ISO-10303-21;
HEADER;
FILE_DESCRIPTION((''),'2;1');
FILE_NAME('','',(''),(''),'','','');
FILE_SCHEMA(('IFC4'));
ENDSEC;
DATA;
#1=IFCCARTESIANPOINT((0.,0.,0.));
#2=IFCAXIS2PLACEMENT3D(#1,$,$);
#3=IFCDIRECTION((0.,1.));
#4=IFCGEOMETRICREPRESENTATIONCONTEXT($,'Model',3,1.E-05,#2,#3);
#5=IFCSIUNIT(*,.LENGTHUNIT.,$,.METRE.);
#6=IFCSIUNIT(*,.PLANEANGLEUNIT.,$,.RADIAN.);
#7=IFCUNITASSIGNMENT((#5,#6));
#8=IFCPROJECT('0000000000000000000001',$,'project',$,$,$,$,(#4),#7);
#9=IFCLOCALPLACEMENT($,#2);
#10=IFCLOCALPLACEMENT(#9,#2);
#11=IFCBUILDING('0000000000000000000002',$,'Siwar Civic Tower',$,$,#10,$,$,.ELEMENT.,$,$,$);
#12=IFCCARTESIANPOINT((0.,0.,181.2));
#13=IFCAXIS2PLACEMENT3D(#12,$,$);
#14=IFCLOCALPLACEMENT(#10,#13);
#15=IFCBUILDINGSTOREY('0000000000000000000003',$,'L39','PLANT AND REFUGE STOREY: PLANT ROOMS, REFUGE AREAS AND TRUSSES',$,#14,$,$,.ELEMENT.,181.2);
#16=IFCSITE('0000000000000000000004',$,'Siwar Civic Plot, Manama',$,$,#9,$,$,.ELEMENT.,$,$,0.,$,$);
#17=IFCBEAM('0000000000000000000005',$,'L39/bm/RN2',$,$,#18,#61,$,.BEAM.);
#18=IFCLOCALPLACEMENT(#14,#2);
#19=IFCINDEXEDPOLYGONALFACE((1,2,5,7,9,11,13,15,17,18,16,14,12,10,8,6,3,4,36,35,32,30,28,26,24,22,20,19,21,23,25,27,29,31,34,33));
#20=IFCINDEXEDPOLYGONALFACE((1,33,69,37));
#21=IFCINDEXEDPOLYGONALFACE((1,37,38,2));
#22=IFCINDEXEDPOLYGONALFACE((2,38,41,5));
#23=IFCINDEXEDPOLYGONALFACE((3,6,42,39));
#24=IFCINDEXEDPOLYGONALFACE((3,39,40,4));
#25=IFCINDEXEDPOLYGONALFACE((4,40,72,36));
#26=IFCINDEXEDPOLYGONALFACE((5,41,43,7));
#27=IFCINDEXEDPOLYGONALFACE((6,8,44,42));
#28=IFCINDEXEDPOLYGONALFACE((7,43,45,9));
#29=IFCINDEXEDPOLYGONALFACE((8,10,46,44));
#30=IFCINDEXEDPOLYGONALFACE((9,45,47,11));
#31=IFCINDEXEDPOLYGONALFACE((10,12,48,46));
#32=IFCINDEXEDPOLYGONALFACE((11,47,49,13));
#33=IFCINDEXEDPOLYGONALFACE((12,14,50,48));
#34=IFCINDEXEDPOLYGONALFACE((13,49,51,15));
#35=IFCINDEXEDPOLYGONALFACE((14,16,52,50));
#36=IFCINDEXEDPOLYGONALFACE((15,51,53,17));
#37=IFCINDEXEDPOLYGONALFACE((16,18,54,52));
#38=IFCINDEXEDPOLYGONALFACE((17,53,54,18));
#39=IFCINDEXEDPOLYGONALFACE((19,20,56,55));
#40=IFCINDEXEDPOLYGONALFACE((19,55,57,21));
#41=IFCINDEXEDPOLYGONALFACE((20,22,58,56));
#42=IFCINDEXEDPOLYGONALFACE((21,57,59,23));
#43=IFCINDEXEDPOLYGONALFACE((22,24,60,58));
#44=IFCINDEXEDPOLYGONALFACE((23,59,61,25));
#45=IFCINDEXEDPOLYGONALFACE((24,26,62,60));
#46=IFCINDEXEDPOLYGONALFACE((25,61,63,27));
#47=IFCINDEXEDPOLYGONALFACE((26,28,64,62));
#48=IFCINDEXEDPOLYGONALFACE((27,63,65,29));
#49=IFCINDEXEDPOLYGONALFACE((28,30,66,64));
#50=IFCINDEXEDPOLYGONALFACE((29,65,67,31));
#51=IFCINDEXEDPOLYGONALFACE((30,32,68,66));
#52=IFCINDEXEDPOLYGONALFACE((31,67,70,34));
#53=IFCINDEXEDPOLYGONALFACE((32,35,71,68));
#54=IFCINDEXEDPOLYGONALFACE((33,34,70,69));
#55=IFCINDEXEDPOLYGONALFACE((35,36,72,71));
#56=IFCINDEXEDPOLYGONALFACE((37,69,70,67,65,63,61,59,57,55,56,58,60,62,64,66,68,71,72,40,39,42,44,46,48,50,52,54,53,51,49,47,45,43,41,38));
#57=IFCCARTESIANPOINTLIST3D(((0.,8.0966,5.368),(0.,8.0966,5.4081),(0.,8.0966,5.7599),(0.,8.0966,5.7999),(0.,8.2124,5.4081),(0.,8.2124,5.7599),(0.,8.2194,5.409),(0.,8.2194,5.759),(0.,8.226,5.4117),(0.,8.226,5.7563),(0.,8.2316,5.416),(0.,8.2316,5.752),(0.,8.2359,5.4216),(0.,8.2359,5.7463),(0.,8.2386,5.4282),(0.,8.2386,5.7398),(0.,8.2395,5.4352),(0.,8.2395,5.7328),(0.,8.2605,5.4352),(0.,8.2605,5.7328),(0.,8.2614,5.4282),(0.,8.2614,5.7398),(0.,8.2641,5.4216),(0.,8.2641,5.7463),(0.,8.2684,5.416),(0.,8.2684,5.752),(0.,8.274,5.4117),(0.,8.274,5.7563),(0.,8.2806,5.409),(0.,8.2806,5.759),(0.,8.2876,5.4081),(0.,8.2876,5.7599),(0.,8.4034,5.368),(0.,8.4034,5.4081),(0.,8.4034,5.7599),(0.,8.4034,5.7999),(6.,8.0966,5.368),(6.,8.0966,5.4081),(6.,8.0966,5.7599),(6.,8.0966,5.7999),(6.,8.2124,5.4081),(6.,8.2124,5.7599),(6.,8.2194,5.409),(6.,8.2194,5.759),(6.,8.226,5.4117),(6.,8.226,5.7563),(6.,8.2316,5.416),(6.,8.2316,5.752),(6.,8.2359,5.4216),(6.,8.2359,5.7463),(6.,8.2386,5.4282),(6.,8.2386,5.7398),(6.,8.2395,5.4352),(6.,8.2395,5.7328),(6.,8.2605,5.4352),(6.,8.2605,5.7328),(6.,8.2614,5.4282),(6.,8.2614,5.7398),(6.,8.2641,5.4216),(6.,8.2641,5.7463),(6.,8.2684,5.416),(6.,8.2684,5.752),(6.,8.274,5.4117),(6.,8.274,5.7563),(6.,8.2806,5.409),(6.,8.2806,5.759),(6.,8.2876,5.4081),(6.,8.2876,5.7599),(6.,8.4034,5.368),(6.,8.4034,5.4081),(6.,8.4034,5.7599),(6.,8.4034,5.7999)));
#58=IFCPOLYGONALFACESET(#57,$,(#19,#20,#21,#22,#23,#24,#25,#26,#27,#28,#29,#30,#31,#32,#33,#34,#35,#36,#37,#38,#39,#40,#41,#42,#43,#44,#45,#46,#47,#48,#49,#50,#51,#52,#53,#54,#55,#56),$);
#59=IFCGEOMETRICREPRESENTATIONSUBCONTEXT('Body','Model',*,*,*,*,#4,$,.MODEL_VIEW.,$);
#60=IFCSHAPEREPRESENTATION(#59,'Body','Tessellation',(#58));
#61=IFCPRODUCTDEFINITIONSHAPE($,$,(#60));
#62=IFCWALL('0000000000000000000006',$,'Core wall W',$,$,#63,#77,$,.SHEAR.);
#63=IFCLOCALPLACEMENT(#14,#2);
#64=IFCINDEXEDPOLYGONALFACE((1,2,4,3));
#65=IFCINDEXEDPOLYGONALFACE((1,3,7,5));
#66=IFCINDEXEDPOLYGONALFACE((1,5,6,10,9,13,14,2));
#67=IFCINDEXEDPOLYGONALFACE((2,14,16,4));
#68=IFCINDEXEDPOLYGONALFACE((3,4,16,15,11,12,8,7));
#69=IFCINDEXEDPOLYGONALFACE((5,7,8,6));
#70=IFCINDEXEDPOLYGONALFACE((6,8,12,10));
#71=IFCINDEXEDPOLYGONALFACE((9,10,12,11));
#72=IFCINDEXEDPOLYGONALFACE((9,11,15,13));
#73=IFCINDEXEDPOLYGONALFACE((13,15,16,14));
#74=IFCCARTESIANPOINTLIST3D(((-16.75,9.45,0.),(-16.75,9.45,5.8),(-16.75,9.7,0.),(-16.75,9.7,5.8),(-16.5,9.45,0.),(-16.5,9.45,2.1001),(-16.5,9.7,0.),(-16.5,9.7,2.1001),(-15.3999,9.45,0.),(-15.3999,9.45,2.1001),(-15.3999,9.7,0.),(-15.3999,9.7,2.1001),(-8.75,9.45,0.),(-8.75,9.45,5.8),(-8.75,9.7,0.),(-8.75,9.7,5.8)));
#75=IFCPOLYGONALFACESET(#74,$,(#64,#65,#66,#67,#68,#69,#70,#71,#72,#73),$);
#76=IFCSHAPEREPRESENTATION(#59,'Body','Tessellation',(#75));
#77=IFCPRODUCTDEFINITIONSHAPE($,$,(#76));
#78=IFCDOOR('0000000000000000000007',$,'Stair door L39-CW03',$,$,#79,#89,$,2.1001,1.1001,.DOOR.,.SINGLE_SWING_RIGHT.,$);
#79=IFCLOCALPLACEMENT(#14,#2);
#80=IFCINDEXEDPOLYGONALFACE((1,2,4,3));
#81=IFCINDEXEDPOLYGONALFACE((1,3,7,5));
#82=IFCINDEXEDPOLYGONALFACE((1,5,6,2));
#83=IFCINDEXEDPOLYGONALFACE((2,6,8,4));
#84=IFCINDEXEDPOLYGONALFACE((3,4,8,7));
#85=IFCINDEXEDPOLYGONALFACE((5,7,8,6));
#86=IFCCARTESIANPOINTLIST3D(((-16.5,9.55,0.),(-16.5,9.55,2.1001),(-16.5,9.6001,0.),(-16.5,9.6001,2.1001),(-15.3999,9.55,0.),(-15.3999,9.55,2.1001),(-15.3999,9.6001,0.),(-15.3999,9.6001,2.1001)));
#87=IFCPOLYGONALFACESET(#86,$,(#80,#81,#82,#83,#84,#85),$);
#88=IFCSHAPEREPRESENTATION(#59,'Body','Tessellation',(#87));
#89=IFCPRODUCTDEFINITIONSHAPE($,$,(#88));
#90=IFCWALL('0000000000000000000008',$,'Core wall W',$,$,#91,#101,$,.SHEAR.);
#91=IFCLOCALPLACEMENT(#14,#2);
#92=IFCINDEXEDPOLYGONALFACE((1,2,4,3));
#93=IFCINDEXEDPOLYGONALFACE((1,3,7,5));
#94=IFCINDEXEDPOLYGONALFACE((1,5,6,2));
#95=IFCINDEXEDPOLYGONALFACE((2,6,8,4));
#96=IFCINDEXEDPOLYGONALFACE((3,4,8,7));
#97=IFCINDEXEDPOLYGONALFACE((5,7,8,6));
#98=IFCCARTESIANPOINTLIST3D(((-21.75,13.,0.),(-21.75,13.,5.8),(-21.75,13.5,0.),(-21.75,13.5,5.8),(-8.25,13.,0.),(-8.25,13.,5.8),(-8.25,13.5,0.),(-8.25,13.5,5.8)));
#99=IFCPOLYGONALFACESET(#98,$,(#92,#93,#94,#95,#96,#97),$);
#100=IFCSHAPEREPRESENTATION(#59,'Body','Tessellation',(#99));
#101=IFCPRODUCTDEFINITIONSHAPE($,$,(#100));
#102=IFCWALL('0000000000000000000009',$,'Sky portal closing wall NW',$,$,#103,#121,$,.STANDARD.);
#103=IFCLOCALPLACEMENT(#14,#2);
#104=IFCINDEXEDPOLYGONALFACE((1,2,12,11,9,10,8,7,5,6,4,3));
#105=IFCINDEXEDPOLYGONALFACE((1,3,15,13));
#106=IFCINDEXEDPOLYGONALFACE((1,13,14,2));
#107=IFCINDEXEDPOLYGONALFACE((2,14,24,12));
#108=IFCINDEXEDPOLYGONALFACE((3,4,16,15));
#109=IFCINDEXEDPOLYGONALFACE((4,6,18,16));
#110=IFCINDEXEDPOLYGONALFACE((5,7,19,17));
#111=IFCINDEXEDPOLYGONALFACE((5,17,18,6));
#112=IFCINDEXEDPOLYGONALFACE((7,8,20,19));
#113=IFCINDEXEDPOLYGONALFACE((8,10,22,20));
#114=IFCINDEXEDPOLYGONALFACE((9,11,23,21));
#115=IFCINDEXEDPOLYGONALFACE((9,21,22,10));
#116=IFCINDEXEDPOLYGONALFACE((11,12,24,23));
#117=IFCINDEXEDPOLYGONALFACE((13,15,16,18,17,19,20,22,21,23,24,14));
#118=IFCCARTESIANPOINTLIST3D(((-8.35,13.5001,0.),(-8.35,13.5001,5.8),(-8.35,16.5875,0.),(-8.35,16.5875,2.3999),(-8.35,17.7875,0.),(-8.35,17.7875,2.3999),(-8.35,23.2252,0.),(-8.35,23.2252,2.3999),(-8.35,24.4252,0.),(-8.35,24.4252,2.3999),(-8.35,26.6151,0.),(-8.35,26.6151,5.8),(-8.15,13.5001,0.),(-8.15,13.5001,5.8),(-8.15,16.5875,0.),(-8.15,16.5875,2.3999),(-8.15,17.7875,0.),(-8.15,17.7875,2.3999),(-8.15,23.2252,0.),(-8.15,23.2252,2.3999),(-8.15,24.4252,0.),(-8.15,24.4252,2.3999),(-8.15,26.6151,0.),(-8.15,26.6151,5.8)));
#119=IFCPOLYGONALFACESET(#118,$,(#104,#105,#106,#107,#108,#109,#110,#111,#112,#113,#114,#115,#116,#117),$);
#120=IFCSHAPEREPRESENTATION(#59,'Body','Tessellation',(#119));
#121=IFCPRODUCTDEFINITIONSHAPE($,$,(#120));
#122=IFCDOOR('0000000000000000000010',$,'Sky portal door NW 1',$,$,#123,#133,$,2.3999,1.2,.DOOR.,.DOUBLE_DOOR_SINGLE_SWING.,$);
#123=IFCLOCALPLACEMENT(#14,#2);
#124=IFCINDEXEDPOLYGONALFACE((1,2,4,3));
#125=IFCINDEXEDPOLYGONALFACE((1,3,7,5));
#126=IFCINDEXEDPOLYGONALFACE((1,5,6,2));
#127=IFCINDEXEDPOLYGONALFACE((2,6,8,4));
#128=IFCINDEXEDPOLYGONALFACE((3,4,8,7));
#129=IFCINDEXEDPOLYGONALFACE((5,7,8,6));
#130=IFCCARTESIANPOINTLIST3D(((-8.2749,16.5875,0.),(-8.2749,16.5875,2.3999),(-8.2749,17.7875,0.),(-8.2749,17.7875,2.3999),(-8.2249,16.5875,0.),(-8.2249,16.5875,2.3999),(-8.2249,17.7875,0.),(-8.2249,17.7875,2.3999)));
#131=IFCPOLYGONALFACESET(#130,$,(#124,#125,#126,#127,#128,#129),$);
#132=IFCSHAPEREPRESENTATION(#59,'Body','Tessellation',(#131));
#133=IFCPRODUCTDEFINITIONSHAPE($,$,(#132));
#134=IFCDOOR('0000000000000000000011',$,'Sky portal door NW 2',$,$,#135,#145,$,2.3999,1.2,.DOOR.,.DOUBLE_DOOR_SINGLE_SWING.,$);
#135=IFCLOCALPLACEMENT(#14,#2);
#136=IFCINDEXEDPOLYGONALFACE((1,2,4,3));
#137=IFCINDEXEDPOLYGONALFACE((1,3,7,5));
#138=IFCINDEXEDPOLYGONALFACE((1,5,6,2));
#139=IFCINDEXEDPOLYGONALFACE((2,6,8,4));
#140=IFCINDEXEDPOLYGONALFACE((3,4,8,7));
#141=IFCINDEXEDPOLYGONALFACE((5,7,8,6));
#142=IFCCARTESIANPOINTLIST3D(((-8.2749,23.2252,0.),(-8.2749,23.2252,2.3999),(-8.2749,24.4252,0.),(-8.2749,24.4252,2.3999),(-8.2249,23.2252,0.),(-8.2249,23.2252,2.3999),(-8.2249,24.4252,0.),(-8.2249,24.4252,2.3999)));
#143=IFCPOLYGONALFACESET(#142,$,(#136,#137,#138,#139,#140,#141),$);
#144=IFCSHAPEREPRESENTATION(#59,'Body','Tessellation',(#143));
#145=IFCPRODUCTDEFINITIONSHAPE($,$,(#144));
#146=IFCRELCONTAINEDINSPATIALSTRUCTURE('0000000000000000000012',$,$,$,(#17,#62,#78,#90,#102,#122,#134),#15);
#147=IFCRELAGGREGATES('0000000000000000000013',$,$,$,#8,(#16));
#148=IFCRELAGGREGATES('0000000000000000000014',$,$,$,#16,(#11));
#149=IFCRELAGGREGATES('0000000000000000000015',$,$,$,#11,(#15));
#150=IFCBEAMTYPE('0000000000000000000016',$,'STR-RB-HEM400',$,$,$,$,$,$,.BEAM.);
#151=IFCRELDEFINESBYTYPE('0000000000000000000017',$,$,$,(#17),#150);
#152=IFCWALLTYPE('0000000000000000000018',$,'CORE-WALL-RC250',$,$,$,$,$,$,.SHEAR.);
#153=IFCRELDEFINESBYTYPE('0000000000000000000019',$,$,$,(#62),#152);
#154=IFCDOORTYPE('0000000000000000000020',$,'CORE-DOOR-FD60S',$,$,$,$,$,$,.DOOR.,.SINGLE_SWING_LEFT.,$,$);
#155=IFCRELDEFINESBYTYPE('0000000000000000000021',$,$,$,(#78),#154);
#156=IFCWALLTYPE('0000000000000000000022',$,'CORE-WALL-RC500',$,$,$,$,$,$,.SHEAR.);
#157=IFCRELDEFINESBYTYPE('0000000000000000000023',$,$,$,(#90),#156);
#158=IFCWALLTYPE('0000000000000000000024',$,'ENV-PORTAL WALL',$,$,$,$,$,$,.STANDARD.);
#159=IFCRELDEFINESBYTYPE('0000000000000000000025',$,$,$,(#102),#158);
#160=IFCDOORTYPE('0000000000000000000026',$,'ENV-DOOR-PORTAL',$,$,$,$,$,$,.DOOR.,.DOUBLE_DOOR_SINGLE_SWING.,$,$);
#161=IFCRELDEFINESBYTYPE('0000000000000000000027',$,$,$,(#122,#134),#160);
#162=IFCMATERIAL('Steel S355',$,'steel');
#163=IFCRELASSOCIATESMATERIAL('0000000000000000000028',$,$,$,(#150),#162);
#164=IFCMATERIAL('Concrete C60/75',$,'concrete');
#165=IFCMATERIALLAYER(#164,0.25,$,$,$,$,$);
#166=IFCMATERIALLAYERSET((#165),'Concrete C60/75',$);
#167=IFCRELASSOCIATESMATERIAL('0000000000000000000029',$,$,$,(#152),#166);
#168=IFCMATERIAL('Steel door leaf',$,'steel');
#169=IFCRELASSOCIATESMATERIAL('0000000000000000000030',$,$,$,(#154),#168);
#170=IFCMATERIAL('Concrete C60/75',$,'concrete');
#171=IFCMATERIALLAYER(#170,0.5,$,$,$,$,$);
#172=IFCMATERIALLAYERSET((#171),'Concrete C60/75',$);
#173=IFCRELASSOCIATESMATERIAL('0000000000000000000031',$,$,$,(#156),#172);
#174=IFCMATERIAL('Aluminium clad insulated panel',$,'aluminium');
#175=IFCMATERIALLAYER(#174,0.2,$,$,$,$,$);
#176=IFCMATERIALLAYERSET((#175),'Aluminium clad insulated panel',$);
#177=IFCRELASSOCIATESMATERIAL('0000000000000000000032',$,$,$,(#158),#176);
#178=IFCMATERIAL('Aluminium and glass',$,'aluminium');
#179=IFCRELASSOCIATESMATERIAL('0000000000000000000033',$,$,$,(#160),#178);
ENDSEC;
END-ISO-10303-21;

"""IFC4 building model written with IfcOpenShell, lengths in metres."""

from ifc_helpers import new_model, si_unit, direction, frame, frame_2d, origin, origin_2d, place, context, subcontext, project, spatial, rectangle, i_section, extrude, material, layer, layer_set, material_profile, profile_set, type_object, element, fill, save


model = new_model("IFC4")

# Units and contexts
model_context = context("Model", 3, precision=1e-05, world=origin(), true_north=direction((0.0, 1.0)))
body_context = subcontext(model_context, "Body", "Model", "MODEL_VIEW")
ifc_project = project(units=[si_unit("LENGTHUNIT", "METRE"), si_unit("PLANEANGLEUNIT", "RADIAN")], contexts=[model_context])

# Site, building, storey
site_placement = place(None, origin())
site = spatial("IfcSite", under=ifc_project, at=site_placement, Name="Siwar Civic Plot, Manama", CompositionType="ELEMENT", RefElevation=0.0)
building_placement = place(site_placement, origin())
building = spatial("IfcBuilding", under=site, at=building_placement, Name="Siwar Civic Tower", CompositionType="ELEMENT")
storey_placement = place(building_placement, frame((0.0, 0.0, 181.2)))
storey = spatial("IfcBuildingStorey", under=building, at=storey_placement, Name="L39", Description="PLANT AND REFUGE STOREY: PLANT ROOMS, REFUGE AREAS AND TRUSSES", CompositionType="ELEMENT", Elevation=181.2)

# Beam
ifc_material_1 = material(Name="Steel S355", Category="steel")
ifc_material_profile_1 = material_profile(ifc_material_1, i_section(OverallWidth=0.3069, OverallDepth=0.4319, WebThickness=0.021, FlangeThickness=0.04, FilletRadius=0.0271, at=origin_2d()), Name="HEM400")
ifc_profile_set_1 = profile_set([ifc_material_profile_1], Name="Steel S355")
beam_type_1 = type_object("IfcBeamType", Name="STR-RB-HEM400", PredefinedType="BEAM", material=ifc_profile_set_1)
beam_1_placement = place(storey_placement, frame((0.0, 8.25, 5.584), z_axis=(1.0, 0.0, 0.0), x_axis=(0.0, 1.0, 0.0)))
element("IfcBeam", 1, at=beam_1_placement, inside=storey, type_object=beam_type_1, Name="L39/bm/RN2", PredefinedType="BEAM", context=body_context, shape_type="SweptSolid", body=[
    extrude(i_section(OverallWidth=0.3069, OverallDepth=0.4319, WebThickness=0.021, FlangeThickness=0.04, FilletRadius=0.0271, at=origin_2d()), origin(), (0.0, 0.0, 1.0), 6.0),
])

# Wall, opening, door
ifc_material_2 = material(Name="Concrete C60/75", Category="concrete")
ifc_layer_1 = layer(ifc_material_2, 0.25)
ifc_layer_set_1 = layer_set([ifc_layer_1], Name="Concrete C60/75")
wall_type_1 = type_object("IfcWallType", Name="CORE-WALL-RC250", PredefinedType="SHEAR", material=ifc_layer_set_1)
wall_1_placement = place(storey_placement, frame((-8.75, 9.575, 0.0), z_axis=(0.0, 0.0, 1.0), x_axis=(-1.0, 0.0, 0.0)))
wall_1 = element("IfcWall", 2, at=wall_1_placement, inside=storey, type_object=wall_type_1, Name="Core wall W", PredefinedType="SHEAR", context=body_context, shape_type="SweptSolid", body=[
    extrude(rectangle(XDim=8.0, YDim=0.25, at=frame_2d((4.0, 0.0))), origin(), (0.0, 0.0, 1.0), 5.8),
])
opening_1_placement = place(wall_1_placement, frame((6.6499, 0.0, 0.0)))
opening_1 = element("IfcOpeningElement", 3, at=opening_1_placement, cuts=wall_1, PredefinedType="OPENING", context=body_context, shape_type="SweptSolid", body=[
    extrude(rectangle(XDim=1.1001, YDim=2.1001, at=frame_2d((0.55, 1.05))), frame((0.0, 0.135, 0.0), z_axis=(0.0, -1.0, 0.0), x_axis=(1.0, 0.0, 0.0)), (0.0, 0.0, 1.0), 0.27),
])
ifc_material_3 = material(Name="Steel door leaf", Category="steel")
door_type_1 = type_object("IfcDoorType", Name="CORE-DOOR-FD60S", OperationType="SINGLE_SWING_LEFT", PredefinedType="DOOR", material=ifc_material_3)
door_1_placement = place(opening_1_placement, origin())
door_1 = element("IfcDoor", 4, at=door_1_placement, inside=storey, type_object=door_type_1, Name="Stair door L39-CW03", OperationType="SINGLE_SWING_RIGHT", OverallHeight=2.1001, OverallWidth=1.1001, PredefinedType="DOOR", context=body_context, shape_type="SweptSolid", body=[
    extrude(rectangle(XDim=1.1001, YDim=2.1001, at=frame_2d((0.55, 1.05))), frame((0.0, 0.0249, 0.0), z_axis=(0.0, -1.0, 0.0), x_axis=(1.0, 0.0, 0.0)), (0.0, 0.0, 1.0), 0.05),
])
fill(opening_1, door_1)

# Wall
ifc_material_4 = material(Name="Concrete C60/75", Category="concrete")
ifc_layer_2 = layer(ifc_material_4, 0.5)
ifc_layer_set_2 = layer_set([ifc_layer_2], Name="Concrete C60/75")
wall_type_2 = type_object("IfcWallType", Name="CORE-WALL-RC500", PredefinedType="SHEAR", material=ifc_layer_set_2)
wall_2_placement = place(storey_placement, frame((-8.25, 13.25, 0.0), z_axis=(0.0, 0.0, 1.0), x_axis=(-1.0, 0.0, 0.0)))
element("IfcWall", 5, at=wall_2_placement, inside=storey, type_object=wall_type_2, Name="Core wall W", PredefinedType="SHEAR", context=body_context, shape_type="SweptSolid", body=[
    extrude(rectangle(XDim=13.5, YDim=0.5, at=frame_2d((6.75, 0.0))), origin(), (0.0, 0.0, 1.0), 5.8),
])

# Wall, openings, doors
ifc_material_5 = material(Name="Aluminium clad insulated panel", Category="aluminium")
ifc_layer_3 = layer(ifc_material_5, 0.2)
ifc_layer_set_3 = layer_set([ifc_layer_3], Name="Aluminium clad insulated panel")
wall_type_3 = type_object("IfcWallType", Name="ENV-PORTAL WALL", PredefinedType="STANDARD", material=ifc_layer_set_3)
wall_3_placement = place(storey_placement, frame((-8.25, 13.5, 0.0), z_axis=(0.0, 0.0, 1.0), x_axis=(0.0, 1.0, 0.0)))
wall_3 = element("IfcWall", 6, at=wall_3_placement, inside=storey, type_object=wall_type_3, Name="Sky portal closing wall NW", PredefinedType="STANDARD", context=body_context, shape_type="SweptSolid", body=[
    extrude(rectangle(XDim=13.115, YDim=0.2, at=frame_2d((6.5576, 0.0))), origin(), (0.0, 0.0, 1.0), 5.8),
])
opening_2_placement = place(wall_3_placement, frame((3.0874, 0.0, 0.0)))
opening_2 = element("IfcOpeningElement", 7, at=opening_2_placement, cuts=wall_3, PredefinedType="OPENING", context=body_context, shape_type="SweptSolid", body=[
    extrude(rectangle(XDim=1.2, YDim=2.3999, at=frame_2d((0.6001, 1.2))), frame((0.0, 0.1099, 0.0), z_axis=(0.0, -1.0, 0.0), x_axis=(1.0, 0.0, 0.0)), (0.0, 0.0, 1.0), 0.22),
])
opening_3_placement = place(wall_3_placement, frame((9.7251, 0.0, 0.0)))
opening_3 = element("IfcOpeningElement", 8, at=opening_3_placement, cuts=wall_3, PredefinedType="OPENING", context=body_context, shape_type="SweptSolid", body=[
    extrude(rectangle(XDim=1.2, YDim=2.3999, at=frame_2d((0.6001, 1.2))), frame((0.0, 0.1099, 0.0), z_axis=(0.0, -1.0, 0.0), x_axis=(1.0, 0.0, 0.0)), (0.0, 0.0, 1.0), 0.22),
])
ifc_material_6 = material(Name="Aluminium and glass", Category="aluminium")
door_type_2 = type_object("IfcDoorType", Name="ENV-DOOR-PORTAL", OperationType="DOUBLE_DOOR_SINGLE_SWING", PredefinedType="DOOR", material=ifc_material_6)
door_2_placement = place(opening_2_placement, origin())
door_2 = element("IfcDoor", 9, at=door_2_placement, inside=storey, type_object=door_type_2, Name="Sky portal door NW 1", OperationType="DOUBLE_DOOR_SINGLE_SWING", OverallHeight=2.3999, OverallWidth=1.2, PredefinedType="DOOR", context=body_context, shape_type="SweptSolid", body=[
    extrude(rectangle(XDim=1.2, YDim=2.3999, at=frame_2d((0.6001, 1.2))), frame((0.0, 0.0249, 0.0), z_axis=(0.0, -1.0, 0.0), x_axis=(1.0, 0.0, 0.0)), (0.0, 0.0, 1.0), 0.05),
])
fill(opening_2, door_2)
door_3_placement = place(opening_3_placement, origin())
door_3 = element("IfcDoor", 10, at=door_3_placement, inside=storey, type_object=door_type_2, Name="Sky portal door NW 2", OperationType="DOUBLE_DOOR_SINGLE_SWING", OverallHeight=2.3999, OverallWidth=1.2, PredefinedType="DOOR", context=body_context, shape_type="SweptSolid", body=[
    extrude(rectangle(XDim=1.2, YDim=2.3999, at=frame_2d((0.6001, 1.2))), frame((0.0, 0.0249, 0.0), z_axis=(0.0, -1.0, 0.0), x_axis=(1.0, 0.0, 0.0)), (0.0, 0.0, 1.0), 0.05),
])
fill(opening_3, door_3)

save(model, "model.ifc")
